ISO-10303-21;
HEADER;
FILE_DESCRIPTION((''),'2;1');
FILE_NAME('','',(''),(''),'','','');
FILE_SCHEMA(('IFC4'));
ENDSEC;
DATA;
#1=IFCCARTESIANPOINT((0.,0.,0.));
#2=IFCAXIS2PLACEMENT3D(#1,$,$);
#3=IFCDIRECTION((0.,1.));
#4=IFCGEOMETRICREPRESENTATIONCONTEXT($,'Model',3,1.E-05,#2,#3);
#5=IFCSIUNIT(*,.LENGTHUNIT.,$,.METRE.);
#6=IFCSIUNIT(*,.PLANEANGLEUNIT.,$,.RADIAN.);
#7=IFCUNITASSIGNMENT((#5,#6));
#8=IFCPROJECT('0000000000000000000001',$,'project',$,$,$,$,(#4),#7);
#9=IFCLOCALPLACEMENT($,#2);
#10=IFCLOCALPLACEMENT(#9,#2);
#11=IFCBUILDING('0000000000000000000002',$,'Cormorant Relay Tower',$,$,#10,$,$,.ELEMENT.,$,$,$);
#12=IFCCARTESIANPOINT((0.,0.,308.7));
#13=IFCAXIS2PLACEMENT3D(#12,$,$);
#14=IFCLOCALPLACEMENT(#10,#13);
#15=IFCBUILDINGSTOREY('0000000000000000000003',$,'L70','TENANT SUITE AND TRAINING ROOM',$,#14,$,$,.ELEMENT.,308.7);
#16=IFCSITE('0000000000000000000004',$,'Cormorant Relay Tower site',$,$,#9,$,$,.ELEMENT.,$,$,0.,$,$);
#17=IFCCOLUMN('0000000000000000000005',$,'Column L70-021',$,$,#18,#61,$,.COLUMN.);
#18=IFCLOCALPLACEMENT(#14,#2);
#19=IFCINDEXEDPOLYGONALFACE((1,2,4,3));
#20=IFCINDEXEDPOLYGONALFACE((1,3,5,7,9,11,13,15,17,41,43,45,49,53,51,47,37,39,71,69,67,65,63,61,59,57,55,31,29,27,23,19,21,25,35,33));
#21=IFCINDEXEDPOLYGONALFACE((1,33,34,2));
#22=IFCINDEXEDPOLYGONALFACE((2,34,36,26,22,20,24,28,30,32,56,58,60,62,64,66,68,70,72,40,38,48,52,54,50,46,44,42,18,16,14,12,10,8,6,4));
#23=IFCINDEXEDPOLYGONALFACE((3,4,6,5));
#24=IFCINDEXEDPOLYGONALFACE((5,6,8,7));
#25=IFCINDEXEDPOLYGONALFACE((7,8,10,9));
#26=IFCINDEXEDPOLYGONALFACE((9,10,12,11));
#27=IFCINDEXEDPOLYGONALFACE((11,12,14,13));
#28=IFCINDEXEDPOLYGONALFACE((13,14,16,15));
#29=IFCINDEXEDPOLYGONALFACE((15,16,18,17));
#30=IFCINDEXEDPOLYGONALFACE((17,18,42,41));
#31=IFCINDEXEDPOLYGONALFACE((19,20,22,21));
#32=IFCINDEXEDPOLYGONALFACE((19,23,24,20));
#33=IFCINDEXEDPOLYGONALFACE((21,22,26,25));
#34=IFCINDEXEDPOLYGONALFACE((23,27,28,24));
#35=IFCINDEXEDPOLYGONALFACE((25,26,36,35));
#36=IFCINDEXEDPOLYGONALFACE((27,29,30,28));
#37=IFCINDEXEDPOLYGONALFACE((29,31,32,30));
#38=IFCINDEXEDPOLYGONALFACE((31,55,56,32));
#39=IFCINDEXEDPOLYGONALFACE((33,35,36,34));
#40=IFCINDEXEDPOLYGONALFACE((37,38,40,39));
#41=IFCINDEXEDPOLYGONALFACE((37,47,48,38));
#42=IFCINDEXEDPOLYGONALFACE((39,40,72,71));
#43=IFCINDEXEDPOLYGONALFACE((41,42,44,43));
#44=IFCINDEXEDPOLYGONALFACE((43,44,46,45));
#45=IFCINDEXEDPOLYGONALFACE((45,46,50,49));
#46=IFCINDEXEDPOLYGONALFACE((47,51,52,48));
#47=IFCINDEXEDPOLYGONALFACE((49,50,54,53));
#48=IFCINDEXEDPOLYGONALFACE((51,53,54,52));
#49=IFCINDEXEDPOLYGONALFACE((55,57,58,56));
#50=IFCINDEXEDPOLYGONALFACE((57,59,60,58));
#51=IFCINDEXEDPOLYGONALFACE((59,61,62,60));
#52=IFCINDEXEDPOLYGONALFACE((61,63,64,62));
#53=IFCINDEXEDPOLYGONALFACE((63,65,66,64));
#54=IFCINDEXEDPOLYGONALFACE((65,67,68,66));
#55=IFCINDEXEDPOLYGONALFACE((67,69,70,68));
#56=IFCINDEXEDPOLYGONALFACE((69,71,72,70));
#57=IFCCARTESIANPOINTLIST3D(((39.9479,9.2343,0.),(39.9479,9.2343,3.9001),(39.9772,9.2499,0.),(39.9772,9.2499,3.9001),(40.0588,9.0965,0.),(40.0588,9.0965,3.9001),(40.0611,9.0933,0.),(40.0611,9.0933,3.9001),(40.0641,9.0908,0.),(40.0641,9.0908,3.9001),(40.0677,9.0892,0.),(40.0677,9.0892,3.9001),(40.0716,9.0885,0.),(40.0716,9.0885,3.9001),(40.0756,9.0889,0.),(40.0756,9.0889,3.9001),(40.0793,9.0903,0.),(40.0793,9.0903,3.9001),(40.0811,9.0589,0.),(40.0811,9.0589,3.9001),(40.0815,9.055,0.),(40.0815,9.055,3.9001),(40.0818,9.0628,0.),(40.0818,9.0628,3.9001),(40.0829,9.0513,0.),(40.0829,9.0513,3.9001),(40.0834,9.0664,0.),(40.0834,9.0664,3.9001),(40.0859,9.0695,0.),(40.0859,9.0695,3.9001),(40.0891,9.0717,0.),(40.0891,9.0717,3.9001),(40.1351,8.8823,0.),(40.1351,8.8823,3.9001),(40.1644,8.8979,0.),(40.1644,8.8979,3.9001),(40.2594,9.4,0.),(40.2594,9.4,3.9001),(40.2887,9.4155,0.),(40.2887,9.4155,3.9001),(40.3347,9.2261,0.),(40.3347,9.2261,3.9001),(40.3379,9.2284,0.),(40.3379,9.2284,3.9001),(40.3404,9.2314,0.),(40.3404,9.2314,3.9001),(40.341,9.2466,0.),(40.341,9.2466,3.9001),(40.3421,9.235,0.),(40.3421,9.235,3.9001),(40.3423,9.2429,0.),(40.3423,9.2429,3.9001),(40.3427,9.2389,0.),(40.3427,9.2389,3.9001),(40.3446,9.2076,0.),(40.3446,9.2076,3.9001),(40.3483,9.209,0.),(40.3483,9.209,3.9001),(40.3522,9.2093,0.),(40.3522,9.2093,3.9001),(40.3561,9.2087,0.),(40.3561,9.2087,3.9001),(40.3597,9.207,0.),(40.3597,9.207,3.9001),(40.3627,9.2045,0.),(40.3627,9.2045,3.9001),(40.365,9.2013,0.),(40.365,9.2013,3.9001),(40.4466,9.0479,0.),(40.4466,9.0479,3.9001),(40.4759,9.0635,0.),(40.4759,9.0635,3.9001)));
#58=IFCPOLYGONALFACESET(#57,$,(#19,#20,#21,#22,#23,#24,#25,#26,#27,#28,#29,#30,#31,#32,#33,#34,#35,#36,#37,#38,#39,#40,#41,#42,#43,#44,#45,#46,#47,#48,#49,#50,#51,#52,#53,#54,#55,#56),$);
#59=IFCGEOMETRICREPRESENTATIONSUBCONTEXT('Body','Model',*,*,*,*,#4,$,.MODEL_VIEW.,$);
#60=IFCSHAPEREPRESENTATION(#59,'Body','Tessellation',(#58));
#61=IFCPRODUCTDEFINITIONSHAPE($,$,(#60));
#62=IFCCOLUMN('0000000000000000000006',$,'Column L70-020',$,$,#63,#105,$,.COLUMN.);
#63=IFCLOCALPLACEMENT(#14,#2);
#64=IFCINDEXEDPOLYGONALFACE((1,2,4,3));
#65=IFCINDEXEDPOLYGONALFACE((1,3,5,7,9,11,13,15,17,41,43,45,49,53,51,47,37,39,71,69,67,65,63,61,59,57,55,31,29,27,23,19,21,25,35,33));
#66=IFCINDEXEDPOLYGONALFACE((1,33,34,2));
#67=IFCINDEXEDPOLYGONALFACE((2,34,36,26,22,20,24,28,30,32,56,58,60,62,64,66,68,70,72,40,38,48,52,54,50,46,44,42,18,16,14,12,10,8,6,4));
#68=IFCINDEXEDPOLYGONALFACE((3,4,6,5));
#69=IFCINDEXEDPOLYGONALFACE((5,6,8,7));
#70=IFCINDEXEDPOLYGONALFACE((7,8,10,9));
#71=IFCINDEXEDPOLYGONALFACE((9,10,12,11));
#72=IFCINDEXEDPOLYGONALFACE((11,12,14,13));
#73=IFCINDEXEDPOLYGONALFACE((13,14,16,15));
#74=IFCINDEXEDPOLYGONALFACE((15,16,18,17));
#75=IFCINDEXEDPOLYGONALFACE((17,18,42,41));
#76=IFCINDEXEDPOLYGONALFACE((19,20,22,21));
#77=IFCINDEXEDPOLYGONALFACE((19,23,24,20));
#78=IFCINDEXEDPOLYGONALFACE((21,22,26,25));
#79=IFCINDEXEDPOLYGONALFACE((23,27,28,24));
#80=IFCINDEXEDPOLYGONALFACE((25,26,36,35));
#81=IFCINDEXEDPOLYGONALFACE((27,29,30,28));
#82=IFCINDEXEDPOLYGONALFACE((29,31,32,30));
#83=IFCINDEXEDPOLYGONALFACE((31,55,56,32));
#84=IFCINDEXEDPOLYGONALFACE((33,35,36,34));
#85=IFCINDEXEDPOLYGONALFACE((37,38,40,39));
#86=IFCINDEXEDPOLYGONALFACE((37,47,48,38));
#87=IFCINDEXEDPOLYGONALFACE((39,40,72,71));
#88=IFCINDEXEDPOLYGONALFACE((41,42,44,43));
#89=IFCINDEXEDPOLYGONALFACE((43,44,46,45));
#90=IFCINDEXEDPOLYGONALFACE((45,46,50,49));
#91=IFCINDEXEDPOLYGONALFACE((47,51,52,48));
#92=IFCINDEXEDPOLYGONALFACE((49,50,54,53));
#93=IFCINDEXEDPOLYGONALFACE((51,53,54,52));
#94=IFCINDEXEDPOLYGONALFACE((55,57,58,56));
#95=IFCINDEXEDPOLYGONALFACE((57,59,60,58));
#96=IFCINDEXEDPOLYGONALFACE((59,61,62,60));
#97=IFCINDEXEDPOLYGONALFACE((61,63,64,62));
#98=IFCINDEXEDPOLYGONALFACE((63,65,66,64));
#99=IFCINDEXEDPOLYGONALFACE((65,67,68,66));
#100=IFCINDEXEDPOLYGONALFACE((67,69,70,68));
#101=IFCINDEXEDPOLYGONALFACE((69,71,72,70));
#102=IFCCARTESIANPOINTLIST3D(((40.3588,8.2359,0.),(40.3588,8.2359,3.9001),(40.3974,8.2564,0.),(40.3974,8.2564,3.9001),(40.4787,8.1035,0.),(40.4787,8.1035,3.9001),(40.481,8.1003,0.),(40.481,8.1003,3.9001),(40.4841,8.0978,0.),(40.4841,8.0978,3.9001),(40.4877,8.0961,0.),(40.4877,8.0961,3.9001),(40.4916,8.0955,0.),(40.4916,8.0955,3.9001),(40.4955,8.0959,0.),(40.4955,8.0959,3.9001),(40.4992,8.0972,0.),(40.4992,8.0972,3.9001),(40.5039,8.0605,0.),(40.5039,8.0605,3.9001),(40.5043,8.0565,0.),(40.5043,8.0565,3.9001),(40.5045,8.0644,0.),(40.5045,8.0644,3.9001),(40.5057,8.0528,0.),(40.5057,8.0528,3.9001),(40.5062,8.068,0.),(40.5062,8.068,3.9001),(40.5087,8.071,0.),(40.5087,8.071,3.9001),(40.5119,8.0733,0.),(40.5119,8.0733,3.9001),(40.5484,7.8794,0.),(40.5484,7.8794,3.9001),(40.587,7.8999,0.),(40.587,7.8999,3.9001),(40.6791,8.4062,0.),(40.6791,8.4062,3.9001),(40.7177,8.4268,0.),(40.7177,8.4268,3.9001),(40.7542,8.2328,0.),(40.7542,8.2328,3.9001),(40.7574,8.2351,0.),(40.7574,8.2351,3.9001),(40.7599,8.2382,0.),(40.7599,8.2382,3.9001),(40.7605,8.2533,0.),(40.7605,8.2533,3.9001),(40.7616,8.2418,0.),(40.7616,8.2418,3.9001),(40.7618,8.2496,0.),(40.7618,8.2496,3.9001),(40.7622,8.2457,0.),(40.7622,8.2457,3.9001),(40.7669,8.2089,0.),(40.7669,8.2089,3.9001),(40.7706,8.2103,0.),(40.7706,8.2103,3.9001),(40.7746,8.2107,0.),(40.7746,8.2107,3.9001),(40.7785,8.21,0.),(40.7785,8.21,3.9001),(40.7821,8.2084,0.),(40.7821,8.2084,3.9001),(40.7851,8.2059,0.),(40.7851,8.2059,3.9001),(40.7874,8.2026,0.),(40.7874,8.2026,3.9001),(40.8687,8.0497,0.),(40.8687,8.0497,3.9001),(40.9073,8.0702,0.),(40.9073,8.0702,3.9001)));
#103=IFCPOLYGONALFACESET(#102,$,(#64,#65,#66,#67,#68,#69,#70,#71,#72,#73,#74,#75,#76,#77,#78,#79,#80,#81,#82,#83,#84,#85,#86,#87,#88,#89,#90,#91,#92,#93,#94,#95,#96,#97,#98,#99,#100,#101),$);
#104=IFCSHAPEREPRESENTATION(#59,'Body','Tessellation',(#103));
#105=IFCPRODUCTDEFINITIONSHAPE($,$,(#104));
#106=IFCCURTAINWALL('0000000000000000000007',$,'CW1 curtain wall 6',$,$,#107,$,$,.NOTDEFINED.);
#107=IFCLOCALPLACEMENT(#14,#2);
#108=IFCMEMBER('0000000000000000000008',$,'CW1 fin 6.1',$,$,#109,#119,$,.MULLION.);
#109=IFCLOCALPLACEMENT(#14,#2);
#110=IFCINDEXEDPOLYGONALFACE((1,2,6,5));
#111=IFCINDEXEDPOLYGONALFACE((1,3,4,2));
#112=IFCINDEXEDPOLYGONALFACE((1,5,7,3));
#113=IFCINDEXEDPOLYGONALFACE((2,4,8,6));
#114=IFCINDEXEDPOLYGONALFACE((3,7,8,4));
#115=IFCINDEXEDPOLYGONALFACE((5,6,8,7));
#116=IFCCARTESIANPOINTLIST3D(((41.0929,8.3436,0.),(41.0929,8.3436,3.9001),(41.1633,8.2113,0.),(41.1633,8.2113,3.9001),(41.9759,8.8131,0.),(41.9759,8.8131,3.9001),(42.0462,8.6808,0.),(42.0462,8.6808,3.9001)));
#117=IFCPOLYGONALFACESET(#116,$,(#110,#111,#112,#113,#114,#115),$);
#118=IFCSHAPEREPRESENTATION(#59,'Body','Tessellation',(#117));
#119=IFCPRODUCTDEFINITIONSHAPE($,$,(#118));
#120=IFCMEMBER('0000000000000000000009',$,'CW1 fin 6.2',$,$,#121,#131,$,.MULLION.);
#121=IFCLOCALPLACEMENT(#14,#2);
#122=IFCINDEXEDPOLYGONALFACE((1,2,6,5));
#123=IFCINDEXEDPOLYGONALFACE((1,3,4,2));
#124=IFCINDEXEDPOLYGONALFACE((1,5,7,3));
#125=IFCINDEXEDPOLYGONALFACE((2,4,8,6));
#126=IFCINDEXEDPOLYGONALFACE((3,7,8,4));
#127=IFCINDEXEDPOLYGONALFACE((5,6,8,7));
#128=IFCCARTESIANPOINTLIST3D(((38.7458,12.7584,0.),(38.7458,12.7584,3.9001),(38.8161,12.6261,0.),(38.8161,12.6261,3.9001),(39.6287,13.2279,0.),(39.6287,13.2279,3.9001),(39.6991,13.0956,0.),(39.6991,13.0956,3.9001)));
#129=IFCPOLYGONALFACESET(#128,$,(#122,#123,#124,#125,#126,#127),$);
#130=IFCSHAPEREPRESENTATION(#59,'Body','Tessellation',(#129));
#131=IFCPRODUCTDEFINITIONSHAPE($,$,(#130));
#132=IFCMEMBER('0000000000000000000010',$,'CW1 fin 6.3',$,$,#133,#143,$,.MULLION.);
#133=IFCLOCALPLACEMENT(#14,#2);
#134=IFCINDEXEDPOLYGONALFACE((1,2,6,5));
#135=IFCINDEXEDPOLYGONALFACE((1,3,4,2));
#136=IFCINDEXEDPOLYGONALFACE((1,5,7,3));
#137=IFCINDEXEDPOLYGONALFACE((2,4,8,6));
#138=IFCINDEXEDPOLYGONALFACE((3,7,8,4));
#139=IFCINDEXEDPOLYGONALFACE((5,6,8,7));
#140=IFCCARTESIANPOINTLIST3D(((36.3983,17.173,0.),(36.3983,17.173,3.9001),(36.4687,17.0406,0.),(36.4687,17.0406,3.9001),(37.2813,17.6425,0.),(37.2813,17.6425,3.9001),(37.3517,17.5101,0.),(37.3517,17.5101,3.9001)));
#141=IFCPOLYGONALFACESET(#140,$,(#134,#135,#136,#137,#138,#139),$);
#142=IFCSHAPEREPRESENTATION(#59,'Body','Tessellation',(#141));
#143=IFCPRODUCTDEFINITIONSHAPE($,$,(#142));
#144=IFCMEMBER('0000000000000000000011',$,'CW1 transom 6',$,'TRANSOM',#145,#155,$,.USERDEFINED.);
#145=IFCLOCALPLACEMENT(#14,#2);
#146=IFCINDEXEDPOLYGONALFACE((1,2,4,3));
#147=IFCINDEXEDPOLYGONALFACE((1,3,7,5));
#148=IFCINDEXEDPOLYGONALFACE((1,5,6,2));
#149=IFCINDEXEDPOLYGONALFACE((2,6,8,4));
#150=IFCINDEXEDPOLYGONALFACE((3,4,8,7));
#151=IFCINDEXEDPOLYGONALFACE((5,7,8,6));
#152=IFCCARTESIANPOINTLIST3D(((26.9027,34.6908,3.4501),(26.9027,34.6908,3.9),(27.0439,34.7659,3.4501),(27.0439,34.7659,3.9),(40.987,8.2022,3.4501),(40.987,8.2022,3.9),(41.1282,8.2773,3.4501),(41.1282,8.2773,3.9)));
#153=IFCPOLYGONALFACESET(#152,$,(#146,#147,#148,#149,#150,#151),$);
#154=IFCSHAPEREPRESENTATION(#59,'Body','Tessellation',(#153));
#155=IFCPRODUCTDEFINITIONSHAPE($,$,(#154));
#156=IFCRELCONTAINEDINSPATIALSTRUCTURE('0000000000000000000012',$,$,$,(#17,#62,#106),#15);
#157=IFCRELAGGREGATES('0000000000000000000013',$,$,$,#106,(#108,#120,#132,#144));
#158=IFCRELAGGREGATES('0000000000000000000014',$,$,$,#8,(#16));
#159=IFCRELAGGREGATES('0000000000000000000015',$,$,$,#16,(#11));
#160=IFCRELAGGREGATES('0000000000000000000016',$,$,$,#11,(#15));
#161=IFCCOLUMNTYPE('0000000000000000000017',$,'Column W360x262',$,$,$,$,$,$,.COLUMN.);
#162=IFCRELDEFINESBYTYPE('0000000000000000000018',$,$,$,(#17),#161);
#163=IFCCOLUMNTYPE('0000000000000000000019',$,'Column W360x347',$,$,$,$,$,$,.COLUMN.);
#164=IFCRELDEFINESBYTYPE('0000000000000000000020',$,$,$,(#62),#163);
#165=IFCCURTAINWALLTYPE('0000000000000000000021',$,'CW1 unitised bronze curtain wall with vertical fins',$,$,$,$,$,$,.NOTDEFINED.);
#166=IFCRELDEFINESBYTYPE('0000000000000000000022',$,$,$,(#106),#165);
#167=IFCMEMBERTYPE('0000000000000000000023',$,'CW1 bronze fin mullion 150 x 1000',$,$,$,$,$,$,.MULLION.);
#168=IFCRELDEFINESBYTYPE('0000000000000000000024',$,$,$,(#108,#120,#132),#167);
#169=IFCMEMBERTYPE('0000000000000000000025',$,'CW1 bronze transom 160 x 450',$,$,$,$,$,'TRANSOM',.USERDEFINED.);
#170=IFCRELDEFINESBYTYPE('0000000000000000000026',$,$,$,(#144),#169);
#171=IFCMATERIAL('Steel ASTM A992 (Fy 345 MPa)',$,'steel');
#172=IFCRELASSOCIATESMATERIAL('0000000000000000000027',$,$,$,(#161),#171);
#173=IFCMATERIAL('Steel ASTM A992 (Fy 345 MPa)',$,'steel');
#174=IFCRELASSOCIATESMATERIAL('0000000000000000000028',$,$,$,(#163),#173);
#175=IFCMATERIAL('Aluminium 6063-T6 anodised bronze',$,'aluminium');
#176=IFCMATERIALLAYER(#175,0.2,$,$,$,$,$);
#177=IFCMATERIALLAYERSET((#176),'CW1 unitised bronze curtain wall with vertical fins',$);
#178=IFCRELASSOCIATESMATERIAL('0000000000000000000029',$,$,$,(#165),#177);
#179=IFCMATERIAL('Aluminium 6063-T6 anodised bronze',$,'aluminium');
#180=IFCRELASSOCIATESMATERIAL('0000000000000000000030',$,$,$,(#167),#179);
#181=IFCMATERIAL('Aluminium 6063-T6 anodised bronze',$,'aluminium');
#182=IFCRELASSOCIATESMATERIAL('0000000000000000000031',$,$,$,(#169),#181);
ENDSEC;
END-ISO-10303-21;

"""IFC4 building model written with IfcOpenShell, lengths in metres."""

from ifc_helpers import new_model, si_unit, direction, frame, origin, origin_2d, place, context, subcontext, project, spatial, rectangle, i_section, extrude, material, layer, layer_set, material_profile, profile_set, type_object, element, aggregate, save


model = new_model("IFC4")

# Units and contexts
model_context = context("Model", 3, precision=1e-05, world=origin(), true_north=direction((0.0, 1.0)))
body_context = subcontext(model_context, "Body", "Model", "MODEL_VIEW")
ifc_project = project(units=[si_unit("LENGTHUNIT", "METRE"), si_unit("PLANEANGLEUNIT", "RADIAN")], contexts=[model_context])

# Site, building, storey
site_placement = place(None, origin())
site = spatial("IfcSite", under=ifc_project, at=site_placement, Name="Cormorant Relay Tower site", CompositionType="ELEMENT", RefElevation=0.0)
building_placement = place(site_placement, origin())
building = spatial("IfcBuilding", under=site, at=building_placement, Name="Cormorant Relay Tower", CompositionType="ELEMENT")
storey_placement = place(building_placement, frame((0.0, 0.0, 308.7)))
storey = spatial("IfcBuildingStorey", under=building, at=storey_placement, Name="L70", Description="TENANT SUITE AND TRAINING ROOM", CompositionType="ELEMENT", Elevation=308.7)

# Columns
ifc_material_1 = material(Name="Steel ASTM A992 (Fy 345 MPa)", Category="steel")
ifc_material_profile_1 = material_profile(ifc_material_1, i_section(OverallWidth=0.3987, OverallDepth=0.386, WebThickness=0.021, FlangeThickness=0.0332, FilletRadius=0.0151, at=origin_2d()), Name="W360x262")
ifc_profile_set_1 = profile_set([ifc_material_profile_1], Name="Steel ASTM A992 (Fy 345 MPa)")
column_type_1 = type_object("IfcColumnType", Name="Column W360x262", PredefinedType="COLUMN", material=ifc_profile_set_1)
column_1_placement = place(storey_placement, frame((40.2119, 9.1489, 0.0), z_axis=(0.0, 0.0, 1.0), x_axis=(-0.469472, 0.882948, 0.0)))
element("IfcColumn", 1, at=column_1_placement, inside=storey, type_object=column_type_1, Name="Column L70-021", PredefinedType="COLUMN", context=body_context, shape_type="SweptSolid", body=[
    extrude(i_section(OverallWidth=0.3987, OverallDepth=0.386, WebThickness=0.021, FlangeThickness=0.0332, FilletRadius=0.0151, at=origin_2d()), origin(), (0.0, 0.0, 1.0), 3.9001),
])
ifc_material_2 = material(Name="Steel ASTM A992 (Fy 345 MPa)", Category="steel")
ifc_material_profile_2 = material_profile(ifc_material_2, i_section(OverallWidth=0.4038, OverallDepth=0.4065, WebThickness=0.0271, FlangeThickness=0.0437, FilletRadius=0.0151, at=origin_2d()), Name="W360x347")
ifc_profile_set_2 = profile_set([ifc_material_profile_2], Name="Steel ASTM A992 (Fy 345 MPa)")
column_type_2 = type_object("IfcColumnType", Name="Column W360x347", PredefinedType="COLUMN", material=ifc_profile_set_2)
column_2_placement = place(storey_placement, frame((40.6331, 8.1531, 0.0), z_axis=(0.0, 0.0, 1.0), x_axis=(-0.469472, 0.882948, 0.0)))
element("IfcColumn", 2, at=column_2_placement, inside=storey, type_object=column_type_2, Name="Column L70-020", PredefinedType="COLUMN", context=body_context, shape_type="SweptSolid", body=[
    extrude(i_section(OverallWidth=0.4038, OverallDepth=0.4065, WebThickness=0.0271, FlangeThickness=0.0437, FilletRadius=0.0151, at=origin_2d()), origin(), (0.0, 0.0, 1.0), 3.9001),
])

# Curtain wall, members
ifc_material_3 = material(Name="Aluminium 6063-T6 anodised bronze", Category="aluminium")
ifc_layer_1 = layer(ifc_material_3, 0.2)
ifc_layer_set_1 = layer_set([ifc_layer_1], Name="CW1 unitised bronze curtain wall with vertical fins")
curtain_wall_type = type_object("IfcCurtainWallType", Name="CW1 unitised bronze curtain wall with vertical fins", PredefinedType="NOTDEFINED", material=ifc_layer_set_1)
curtain_wall_1_placement = place(storey_placement, origin())
curtain_wall_1 = element("IfcCurtainWall", 3, at=curtain_wall_1_placement, inside=storey, type_object=curtain_wall_type, Name="CW1 curtain wall 6", PredefinedType="NOTDEFINED")
ifc_material_4 = material(Name="Aluminium 6063-T6 anodised bronze", Category="aluminium")
ifc_material_profile_3 = material_profile(ifc_material_4, rectangle(XDim=0.1499, YDim=1.0, at=origin_2d()), Name="AL 150x1000")
ifc_profile_set_3 = profile_set([ifc_material_profile_3], Name="Aluminium 6063-T6 anodised bronze")
member_type_1 = type_object("IfcMemberType", Name="CW1 bronze fin mullion 150 x 1000", PredefinedType="MULLION", material=ifc_profile_set_3)
member_1_placement = place(storey_placement, frame((41.5696, 8.5122, 0.0), z_axis=(0.0, 0.0, 1.0), x_axis=(-0.469472, 0.882948, 0.0)))
member_1 = element("IfcMember", 4, at=member_1_placement, type_object=member_type_1, Name="CW1 fin 6.1", PredefinedType="MULLION", context=body_context, shape_type="SweptSolid", body=[
    extrude(rectangle(XDim=0.1499, YDim=1.0, at=origin_2d()), origin(), (0.0, 0.0, 1.0), 3.9001),
])
member_2_placement = place(storey_placement, frame((39.2224, 12.927, 0.0), z_axis=(0.0, 0.0, 1.0), x_axis=(-0.469472, 0.882948, 0.0)))
member_2 = element("IfcMember", 5, at=member_2_placement, type_object=member_type_1, Name="CW1 fin 6.2", PredefinedType="MULLION", context=body_context, shape_type="SweptSolid", body=[
    extrude(rectangle(XDim=0.1499, YDim=1.0, at=origin_2d()), origin(), (0.0, 0.0, 1.0), 3.9001),
])
member_3_placement = place(storey_placement, frame((36.875, 17.3416, 0.0), z_axis=(0.0, 0.0, 1.0), x_axis=(-0.469472, 0.882948, 0.0)))
member_3 = element("IfcMember", 6, at=member_3_placement, type_object=member_type_1, Name="CW1 fin 6.3", PredefinedType="MULLION", context=body_context, shape_type="SweptSolid", body=[
    extrude(rectangle(XDim=0.1499, YDim=1.0, at=origin_2d()), origin(), (0.0, 0.0, 1.0), 3.9001),
])
ifc_material_5 = material(Name="Aluminium 6063-T6 anodised bronze", Category="aluminium")
ifc_material_profile_4 = material_profile(ifc_material_5, rectangle(XDim=0.1599, YDim=0.45, at=origin_2d()), Name="AL 160x450")
ifc_profile_set_4 = profile_set([ifc_material_profile_4], Name="Aluminium 6063-T6 anodised bronze")
member_type_2 = type_object("IfcMemberType", Name="CW1 bronze transom 160 x 450", ElementType="TRANSOM", PredefinedType="USERDEFINED", material=ifc_profile_set_4)
member_4_placement = place(storey_placement, frame((41.0576, 8.2397, 3.675), z_axis=(-0.469472, 0.882947, 0.0), x_axis=(-0.882947, -0.469472, 0.0)))
member_4 = element("IfcMember", 7, at=member_4_placement, type_object=member_type_2, Name="CW1 transom 6", ObjectType="TRANSOM", PredefinedType="USERDEFINED", context=body_context, shape_type="SweptSolid", body=[
    extrude(rectangle(XDim=0.1599, YDim=0.45, at=origin_2d()), origin(), (0.0, 0.0, 1.0), 30.0002),
])

aggregate(curtain_wall_1, [member_1, member_2, member_3, member_4])

save(model, "model.ifc")
